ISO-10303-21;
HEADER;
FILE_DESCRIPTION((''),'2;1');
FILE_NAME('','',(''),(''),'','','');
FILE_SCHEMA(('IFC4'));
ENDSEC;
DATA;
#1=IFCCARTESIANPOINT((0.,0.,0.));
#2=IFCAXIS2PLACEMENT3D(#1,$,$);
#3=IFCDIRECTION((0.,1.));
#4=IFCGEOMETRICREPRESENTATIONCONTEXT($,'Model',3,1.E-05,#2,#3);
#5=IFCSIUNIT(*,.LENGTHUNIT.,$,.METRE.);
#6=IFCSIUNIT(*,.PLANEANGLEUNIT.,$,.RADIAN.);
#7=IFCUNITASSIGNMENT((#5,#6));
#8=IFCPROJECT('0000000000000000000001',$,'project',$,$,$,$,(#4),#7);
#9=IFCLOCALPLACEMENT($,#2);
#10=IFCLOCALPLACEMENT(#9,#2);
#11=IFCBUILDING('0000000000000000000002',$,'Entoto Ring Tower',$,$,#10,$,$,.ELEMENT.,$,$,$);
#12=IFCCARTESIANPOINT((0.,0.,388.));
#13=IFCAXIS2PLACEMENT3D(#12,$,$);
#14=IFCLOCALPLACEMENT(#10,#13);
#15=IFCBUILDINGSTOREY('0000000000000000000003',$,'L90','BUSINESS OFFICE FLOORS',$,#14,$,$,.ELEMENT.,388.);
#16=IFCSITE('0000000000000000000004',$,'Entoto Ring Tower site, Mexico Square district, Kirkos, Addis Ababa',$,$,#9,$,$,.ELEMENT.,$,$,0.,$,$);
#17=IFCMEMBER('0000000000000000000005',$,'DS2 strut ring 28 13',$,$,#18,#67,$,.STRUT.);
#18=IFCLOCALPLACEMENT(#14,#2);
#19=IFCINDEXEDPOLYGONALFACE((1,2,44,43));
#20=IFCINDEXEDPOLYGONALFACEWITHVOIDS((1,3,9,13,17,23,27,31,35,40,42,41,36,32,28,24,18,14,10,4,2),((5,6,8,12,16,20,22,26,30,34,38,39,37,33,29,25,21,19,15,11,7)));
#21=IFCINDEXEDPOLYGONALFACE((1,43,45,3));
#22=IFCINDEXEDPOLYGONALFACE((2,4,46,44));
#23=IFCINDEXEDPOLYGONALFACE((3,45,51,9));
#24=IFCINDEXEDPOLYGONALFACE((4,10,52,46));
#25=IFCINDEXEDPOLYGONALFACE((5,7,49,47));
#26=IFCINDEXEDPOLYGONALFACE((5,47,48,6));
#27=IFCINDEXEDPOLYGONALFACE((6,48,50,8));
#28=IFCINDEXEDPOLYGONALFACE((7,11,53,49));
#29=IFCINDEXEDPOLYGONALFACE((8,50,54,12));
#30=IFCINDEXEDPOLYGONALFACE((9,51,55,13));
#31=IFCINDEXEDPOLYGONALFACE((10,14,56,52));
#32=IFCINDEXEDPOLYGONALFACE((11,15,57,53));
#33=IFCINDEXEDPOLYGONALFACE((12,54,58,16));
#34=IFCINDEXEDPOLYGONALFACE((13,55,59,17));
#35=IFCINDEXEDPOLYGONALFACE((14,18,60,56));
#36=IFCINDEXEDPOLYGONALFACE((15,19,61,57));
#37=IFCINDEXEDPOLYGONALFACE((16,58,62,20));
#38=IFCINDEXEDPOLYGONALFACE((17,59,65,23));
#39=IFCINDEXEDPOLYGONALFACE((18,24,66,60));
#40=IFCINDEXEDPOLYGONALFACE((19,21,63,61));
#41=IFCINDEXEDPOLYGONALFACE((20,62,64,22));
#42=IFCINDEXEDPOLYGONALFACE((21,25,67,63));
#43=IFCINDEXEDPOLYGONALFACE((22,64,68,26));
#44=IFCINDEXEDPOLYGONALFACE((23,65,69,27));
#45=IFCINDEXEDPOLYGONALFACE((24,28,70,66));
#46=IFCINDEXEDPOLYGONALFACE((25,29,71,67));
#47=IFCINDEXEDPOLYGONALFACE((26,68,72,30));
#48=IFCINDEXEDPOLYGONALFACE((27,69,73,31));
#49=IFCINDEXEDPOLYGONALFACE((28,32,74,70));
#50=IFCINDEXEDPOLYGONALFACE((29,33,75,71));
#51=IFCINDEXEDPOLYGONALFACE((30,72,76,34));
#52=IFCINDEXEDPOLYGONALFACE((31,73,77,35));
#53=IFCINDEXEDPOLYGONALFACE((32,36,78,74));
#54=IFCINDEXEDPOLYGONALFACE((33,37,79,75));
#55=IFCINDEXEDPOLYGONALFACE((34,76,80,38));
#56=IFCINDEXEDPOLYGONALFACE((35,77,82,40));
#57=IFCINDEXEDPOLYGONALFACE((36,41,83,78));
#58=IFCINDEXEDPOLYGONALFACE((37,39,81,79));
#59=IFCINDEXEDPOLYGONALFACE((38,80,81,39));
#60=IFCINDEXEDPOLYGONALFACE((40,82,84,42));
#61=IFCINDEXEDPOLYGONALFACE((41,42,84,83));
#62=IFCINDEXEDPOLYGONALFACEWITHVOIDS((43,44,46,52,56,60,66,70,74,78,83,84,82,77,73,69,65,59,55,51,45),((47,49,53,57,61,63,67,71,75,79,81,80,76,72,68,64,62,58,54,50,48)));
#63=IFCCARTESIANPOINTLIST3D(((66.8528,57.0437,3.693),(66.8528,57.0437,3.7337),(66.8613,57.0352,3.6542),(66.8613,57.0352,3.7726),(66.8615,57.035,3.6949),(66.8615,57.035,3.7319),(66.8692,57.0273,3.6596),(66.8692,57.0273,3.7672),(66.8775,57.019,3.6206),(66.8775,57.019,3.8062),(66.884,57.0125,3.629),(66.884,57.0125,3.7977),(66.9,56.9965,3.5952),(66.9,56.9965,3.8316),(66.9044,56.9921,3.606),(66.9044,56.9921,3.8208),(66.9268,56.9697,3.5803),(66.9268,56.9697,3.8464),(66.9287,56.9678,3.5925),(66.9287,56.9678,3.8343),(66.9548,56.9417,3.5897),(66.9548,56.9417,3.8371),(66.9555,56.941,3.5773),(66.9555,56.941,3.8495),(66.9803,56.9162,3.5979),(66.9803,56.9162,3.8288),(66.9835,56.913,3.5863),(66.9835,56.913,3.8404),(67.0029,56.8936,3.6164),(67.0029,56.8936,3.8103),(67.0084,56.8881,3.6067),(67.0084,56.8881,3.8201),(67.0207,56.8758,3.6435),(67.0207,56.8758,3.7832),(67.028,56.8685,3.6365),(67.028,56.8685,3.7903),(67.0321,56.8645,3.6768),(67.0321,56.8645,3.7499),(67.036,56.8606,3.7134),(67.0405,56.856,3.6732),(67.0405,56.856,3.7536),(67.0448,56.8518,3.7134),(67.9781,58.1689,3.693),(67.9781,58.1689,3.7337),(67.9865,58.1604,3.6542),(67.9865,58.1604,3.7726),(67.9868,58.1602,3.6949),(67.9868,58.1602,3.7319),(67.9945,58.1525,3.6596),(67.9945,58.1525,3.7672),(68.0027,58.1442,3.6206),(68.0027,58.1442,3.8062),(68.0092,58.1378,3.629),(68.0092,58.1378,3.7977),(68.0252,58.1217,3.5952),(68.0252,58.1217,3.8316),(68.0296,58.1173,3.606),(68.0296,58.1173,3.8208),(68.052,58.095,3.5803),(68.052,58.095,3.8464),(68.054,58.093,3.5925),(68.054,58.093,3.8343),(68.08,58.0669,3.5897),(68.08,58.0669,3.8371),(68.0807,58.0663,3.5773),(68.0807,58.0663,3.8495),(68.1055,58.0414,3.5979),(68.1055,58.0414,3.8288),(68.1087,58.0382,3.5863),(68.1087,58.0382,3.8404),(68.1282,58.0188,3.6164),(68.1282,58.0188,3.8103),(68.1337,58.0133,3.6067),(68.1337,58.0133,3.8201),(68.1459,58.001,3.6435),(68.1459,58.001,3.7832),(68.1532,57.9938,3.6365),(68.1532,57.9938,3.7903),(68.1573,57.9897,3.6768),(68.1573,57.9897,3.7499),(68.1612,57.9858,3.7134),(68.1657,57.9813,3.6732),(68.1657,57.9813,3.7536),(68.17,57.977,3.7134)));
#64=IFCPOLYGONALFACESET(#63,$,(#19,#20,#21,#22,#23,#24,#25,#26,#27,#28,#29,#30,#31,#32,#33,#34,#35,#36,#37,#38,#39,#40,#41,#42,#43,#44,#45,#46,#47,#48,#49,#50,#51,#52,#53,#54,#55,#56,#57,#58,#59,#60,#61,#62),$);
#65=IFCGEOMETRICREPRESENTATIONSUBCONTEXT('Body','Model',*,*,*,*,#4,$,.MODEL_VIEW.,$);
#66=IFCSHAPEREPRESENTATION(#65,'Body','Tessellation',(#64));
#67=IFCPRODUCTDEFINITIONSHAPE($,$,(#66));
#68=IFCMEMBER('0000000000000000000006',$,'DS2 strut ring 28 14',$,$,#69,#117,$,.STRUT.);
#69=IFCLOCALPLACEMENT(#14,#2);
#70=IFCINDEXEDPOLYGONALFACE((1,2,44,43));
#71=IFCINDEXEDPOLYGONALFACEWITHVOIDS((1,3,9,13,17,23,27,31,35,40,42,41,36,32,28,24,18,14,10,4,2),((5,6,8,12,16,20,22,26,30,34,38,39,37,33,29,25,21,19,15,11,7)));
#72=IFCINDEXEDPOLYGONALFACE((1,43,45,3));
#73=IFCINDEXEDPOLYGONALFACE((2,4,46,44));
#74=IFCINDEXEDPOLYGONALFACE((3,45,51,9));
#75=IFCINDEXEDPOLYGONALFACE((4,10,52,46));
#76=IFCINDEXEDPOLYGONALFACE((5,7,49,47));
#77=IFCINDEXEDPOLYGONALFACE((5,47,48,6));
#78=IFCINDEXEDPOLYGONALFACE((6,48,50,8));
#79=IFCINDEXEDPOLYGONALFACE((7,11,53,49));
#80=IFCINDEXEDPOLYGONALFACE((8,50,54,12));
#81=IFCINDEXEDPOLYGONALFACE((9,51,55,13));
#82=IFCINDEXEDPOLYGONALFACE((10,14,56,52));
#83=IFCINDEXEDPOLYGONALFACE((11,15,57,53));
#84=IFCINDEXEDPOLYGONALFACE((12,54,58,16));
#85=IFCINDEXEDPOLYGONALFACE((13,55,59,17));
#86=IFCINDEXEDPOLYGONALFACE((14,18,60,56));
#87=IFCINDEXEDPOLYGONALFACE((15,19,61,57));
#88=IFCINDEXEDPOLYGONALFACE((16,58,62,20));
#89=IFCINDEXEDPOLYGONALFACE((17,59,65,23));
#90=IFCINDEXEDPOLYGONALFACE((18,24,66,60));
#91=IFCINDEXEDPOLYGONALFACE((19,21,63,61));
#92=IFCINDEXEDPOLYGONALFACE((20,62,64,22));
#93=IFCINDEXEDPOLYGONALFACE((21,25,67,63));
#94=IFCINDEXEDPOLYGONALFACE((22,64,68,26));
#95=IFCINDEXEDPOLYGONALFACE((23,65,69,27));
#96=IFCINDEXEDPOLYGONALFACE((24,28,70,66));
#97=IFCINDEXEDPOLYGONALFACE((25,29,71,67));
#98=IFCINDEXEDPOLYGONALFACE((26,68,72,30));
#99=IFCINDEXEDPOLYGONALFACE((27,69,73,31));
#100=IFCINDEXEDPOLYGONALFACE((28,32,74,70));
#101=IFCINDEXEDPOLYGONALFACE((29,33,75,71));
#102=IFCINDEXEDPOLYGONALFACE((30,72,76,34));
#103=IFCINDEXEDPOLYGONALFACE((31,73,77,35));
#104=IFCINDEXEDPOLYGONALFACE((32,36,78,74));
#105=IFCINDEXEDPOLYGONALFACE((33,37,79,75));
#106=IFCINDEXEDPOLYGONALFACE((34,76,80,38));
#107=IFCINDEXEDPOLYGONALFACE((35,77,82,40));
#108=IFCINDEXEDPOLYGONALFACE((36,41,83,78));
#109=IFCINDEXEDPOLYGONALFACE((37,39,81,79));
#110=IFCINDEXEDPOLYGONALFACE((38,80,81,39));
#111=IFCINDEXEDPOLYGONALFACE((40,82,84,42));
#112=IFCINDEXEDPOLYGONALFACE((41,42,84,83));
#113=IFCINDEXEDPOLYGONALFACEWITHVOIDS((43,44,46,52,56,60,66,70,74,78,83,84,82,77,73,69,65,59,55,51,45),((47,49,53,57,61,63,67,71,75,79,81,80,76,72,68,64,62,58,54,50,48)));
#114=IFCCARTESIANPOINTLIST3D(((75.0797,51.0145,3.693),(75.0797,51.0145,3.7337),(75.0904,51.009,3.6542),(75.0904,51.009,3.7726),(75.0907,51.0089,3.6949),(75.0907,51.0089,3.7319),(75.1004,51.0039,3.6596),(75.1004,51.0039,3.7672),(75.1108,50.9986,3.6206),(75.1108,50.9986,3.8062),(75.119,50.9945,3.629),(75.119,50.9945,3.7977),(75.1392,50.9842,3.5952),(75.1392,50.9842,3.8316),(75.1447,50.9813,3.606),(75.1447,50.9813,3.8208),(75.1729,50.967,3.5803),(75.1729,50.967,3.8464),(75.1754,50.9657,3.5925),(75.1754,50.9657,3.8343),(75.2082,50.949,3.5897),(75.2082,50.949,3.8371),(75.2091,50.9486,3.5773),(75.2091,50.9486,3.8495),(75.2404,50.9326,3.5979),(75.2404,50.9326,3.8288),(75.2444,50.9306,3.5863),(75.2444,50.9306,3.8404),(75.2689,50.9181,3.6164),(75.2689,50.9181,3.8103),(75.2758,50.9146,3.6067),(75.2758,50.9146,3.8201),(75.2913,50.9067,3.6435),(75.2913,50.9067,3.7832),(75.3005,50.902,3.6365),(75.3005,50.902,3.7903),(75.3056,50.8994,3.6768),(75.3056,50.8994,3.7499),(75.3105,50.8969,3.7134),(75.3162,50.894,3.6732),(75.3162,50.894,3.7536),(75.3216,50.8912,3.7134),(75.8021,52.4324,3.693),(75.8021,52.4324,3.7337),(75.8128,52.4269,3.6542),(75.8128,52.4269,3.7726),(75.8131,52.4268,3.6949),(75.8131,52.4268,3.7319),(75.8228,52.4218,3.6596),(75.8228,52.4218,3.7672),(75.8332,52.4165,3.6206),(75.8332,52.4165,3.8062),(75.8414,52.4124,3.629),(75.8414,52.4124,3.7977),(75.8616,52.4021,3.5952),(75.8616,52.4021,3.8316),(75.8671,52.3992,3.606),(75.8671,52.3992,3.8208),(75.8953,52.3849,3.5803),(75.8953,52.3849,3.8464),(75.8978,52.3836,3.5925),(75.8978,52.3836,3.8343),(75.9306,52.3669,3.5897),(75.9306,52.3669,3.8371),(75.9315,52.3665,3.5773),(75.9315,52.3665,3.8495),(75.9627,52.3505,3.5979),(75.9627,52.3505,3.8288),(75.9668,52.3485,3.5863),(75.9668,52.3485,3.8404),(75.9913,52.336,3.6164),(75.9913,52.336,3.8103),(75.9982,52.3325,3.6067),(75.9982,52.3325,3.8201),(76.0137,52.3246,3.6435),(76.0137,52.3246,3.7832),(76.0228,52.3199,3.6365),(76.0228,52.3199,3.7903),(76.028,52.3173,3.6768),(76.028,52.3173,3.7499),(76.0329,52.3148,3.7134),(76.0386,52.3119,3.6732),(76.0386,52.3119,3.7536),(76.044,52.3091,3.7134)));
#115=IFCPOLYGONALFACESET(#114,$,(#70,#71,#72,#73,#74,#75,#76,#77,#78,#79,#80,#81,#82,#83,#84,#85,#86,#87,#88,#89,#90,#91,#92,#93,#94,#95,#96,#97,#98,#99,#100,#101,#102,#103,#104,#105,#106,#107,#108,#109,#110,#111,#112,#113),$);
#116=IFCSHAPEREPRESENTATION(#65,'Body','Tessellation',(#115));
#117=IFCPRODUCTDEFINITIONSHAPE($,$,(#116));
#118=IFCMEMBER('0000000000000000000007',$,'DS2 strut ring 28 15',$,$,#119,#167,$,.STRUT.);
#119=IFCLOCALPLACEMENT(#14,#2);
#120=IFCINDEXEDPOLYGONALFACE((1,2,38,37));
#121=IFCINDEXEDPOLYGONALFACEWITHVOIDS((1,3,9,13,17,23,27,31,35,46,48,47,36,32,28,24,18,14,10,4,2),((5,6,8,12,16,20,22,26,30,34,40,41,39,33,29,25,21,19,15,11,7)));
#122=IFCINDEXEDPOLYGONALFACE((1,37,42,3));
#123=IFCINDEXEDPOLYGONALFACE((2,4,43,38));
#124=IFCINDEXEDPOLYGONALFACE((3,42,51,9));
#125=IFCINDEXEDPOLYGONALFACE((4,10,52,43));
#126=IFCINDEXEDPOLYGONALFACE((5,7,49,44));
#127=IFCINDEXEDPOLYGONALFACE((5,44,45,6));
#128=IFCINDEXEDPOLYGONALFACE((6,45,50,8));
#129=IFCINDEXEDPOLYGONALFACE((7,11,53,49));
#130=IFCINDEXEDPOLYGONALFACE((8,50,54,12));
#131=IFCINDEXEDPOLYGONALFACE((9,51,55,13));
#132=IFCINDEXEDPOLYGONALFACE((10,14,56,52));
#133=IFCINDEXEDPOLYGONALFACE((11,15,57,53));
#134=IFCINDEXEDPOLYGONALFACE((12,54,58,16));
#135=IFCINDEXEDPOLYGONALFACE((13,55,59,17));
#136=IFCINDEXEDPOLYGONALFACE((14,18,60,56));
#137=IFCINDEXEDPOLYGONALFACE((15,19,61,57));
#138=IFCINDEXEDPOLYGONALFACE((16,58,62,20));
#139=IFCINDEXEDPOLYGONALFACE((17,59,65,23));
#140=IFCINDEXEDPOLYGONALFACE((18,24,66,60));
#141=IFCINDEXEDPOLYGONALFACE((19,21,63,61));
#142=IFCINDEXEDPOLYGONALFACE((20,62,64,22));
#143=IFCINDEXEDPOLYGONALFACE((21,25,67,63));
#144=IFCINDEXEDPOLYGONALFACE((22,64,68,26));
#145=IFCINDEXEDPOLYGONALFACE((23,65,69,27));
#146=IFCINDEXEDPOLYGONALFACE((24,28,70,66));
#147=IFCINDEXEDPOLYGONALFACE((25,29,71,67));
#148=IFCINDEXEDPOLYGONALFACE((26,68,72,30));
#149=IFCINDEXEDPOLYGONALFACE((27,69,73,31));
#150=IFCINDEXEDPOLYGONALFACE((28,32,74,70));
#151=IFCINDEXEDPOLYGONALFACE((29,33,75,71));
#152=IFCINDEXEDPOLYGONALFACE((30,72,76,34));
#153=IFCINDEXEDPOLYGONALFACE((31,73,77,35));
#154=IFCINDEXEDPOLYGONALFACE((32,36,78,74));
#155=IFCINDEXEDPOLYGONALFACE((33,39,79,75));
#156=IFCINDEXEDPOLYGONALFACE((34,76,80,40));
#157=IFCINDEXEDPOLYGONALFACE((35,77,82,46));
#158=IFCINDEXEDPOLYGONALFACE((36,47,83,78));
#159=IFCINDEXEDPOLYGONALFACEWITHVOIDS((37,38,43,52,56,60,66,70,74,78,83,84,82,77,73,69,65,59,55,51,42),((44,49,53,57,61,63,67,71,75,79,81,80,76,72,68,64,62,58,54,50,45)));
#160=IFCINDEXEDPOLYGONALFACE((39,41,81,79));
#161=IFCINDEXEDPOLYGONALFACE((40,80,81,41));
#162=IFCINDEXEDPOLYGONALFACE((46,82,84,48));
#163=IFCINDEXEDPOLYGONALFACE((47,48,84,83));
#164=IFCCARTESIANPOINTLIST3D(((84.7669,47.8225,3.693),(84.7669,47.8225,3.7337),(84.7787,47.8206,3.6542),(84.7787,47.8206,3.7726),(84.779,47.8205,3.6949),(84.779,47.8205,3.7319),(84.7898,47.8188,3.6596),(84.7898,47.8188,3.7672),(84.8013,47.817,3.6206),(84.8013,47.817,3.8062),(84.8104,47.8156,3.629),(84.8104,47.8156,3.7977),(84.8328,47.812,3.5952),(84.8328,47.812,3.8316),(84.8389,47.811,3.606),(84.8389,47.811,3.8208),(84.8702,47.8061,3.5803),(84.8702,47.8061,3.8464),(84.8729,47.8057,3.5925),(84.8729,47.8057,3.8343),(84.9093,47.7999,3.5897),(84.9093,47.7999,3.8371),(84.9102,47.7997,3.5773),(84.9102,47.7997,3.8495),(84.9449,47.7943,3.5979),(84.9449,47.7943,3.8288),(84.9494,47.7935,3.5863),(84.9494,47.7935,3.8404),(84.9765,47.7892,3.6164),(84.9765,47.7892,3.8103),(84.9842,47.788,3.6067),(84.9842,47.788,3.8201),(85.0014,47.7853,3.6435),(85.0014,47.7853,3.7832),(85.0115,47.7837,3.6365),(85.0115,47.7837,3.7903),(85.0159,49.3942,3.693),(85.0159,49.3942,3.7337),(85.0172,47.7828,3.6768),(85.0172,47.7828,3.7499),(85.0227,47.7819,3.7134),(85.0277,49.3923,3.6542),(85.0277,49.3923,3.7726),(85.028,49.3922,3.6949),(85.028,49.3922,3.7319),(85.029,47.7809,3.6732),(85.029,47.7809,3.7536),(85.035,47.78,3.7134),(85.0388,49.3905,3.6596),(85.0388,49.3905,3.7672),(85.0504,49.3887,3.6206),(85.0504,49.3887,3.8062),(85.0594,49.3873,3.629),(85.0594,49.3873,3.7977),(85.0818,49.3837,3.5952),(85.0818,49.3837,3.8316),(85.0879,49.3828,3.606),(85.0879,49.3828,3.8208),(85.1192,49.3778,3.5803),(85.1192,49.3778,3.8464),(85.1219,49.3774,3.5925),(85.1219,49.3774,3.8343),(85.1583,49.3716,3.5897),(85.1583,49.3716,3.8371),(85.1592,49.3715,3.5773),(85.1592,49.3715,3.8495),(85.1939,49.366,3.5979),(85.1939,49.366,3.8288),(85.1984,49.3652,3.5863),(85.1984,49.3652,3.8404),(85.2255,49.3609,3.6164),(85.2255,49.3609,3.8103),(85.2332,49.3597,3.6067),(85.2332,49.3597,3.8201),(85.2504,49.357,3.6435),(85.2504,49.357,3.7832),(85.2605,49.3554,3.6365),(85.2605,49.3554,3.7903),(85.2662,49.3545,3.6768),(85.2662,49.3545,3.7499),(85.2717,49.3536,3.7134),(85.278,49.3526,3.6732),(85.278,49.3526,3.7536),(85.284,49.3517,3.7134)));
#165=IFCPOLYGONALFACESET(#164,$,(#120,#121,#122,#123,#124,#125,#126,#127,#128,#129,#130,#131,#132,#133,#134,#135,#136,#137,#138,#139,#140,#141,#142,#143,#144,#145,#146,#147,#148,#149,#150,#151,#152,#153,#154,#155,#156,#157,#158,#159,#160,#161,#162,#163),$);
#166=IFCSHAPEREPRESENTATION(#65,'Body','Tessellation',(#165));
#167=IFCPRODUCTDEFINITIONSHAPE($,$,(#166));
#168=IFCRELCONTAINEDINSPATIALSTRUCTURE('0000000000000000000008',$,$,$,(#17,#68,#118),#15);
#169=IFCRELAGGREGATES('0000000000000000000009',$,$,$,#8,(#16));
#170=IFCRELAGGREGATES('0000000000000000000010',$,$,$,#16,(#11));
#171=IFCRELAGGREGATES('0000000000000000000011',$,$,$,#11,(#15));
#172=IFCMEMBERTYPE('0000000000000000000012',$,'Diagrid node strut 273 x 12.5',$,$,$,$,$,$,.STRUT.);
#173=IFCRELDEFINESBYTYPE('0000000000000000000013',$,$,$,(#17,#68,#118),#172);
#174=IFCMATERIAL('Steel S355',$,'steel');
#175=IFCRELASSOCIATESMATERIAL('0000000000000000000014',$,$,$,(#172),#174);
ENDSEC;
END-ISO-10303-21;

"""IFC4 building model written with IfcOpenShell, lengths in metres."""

from ifc_helpers import new_model, si_unit, direction, frame, origin, origin_2d, place, context, subcontext, project, spatial, circle, hollow_circle, extrude, material, material_profile, profile_set, type_object, element, save


model = new_model("IFC4")

# Units and contexts
model_context = context("Model", 3, precision=1e-05, world=origin(), true_north=direction((0.0, 1.0)))
body_context = subcontext(model_context, "Body", "Model", "MODEL_VIEW")
ifc_project = project(units=[si_unit("LENGTHUNIT", "METRE"), si_unit("PLANEANGLEUNIT", "RADIAN")], contexts=[model_context])

# Site, building, storey
site_placement = place(None, origin())
site = spatial("IfcSite", under=ifc_project, at=site_placement, Name="Entoto Ring Tower site, Mexico Square district, Kirkos, Addis Ababa", CompositionType="ELEMENT", RefElevation=0.0)
building_placement = place(site_placement, origin())
building = spatial("IfcBuilding", under=site, at=building_placement, Name="Entoto Ring Tower", CompositionType="ELEMENT")
storey_placement = place(building_placement, frame((0.0, 0.0, 388.0)))
storey = spatial("IfcBuildingStorey", under=building, at=storey_placement, Name="L90", Description="BUSINESS OFFICE FLOORS", CompositionType="ELEMENT", Elevation=388.0)

# Members
ifc_material_1 = material(Name="Steel S355", Category="steel")
ifc_material_profile_1 = material_profile(ifc_material_1, hollow_circle(Radius=0.1365, WallThickness=0.0125, at=origin_2d()), Name="CHS 273 x 12.5")
ifc_material_2 = material(Name="Concrete C60/75", Category="concrete")
ifc_material_profile_2 = material_profile(ifc_material_2, circle(Radius=0.124, at=origin_2d()), Name="Concrete C60/75 infill")
ifc_profile_set_1 = profile_set([ifc_material_profile_1, ifc_material_profile_2], Name="Steel S355")
member_type = type_object("IfcMemberType", Name="Diagrid node strut 273 x 12.5", PredefinedType="STRUT", material=ifc_profile_set_1)
for number, where, z_axis, x_axis, name in (
    (1, (68.0735, 58.0735, 3.7134), (-0.707107, -0.707107, 0.0), (0.707107, -0.707107, 0.0), "DS2 strut ring 28 13"),
    (2, (75.9224, 52.3711, 3.7134), (-0.453951, -0.891027, 0.0), (0.891027, -0.453951, 0.0), "DS2 strut ring 28 14"),
    (3, (85.1492, 49.373, 3.7134), (-0.156483, -0.987681, 0.0), (0.987681, -0.156483, 0.0), "DS2 strut ring 28 15"),
):
    element("IfcMember", number, at=place(storey_placement, frame(where, z_axis=z_axis, x_axis=x_axis)), inside=storey, type_object=member_type, Name=name, PredefinedType="STRUT", context=body_context, shape_type="SweptSolid", body=[
        extrude(hollow_circle(Radius=0.1365, WallThickness=0.0125, at=origin_2d()), origin(), (0.0, 0.0, 1.0), 1.5913),
    ])

save(model, "model.ifc")
